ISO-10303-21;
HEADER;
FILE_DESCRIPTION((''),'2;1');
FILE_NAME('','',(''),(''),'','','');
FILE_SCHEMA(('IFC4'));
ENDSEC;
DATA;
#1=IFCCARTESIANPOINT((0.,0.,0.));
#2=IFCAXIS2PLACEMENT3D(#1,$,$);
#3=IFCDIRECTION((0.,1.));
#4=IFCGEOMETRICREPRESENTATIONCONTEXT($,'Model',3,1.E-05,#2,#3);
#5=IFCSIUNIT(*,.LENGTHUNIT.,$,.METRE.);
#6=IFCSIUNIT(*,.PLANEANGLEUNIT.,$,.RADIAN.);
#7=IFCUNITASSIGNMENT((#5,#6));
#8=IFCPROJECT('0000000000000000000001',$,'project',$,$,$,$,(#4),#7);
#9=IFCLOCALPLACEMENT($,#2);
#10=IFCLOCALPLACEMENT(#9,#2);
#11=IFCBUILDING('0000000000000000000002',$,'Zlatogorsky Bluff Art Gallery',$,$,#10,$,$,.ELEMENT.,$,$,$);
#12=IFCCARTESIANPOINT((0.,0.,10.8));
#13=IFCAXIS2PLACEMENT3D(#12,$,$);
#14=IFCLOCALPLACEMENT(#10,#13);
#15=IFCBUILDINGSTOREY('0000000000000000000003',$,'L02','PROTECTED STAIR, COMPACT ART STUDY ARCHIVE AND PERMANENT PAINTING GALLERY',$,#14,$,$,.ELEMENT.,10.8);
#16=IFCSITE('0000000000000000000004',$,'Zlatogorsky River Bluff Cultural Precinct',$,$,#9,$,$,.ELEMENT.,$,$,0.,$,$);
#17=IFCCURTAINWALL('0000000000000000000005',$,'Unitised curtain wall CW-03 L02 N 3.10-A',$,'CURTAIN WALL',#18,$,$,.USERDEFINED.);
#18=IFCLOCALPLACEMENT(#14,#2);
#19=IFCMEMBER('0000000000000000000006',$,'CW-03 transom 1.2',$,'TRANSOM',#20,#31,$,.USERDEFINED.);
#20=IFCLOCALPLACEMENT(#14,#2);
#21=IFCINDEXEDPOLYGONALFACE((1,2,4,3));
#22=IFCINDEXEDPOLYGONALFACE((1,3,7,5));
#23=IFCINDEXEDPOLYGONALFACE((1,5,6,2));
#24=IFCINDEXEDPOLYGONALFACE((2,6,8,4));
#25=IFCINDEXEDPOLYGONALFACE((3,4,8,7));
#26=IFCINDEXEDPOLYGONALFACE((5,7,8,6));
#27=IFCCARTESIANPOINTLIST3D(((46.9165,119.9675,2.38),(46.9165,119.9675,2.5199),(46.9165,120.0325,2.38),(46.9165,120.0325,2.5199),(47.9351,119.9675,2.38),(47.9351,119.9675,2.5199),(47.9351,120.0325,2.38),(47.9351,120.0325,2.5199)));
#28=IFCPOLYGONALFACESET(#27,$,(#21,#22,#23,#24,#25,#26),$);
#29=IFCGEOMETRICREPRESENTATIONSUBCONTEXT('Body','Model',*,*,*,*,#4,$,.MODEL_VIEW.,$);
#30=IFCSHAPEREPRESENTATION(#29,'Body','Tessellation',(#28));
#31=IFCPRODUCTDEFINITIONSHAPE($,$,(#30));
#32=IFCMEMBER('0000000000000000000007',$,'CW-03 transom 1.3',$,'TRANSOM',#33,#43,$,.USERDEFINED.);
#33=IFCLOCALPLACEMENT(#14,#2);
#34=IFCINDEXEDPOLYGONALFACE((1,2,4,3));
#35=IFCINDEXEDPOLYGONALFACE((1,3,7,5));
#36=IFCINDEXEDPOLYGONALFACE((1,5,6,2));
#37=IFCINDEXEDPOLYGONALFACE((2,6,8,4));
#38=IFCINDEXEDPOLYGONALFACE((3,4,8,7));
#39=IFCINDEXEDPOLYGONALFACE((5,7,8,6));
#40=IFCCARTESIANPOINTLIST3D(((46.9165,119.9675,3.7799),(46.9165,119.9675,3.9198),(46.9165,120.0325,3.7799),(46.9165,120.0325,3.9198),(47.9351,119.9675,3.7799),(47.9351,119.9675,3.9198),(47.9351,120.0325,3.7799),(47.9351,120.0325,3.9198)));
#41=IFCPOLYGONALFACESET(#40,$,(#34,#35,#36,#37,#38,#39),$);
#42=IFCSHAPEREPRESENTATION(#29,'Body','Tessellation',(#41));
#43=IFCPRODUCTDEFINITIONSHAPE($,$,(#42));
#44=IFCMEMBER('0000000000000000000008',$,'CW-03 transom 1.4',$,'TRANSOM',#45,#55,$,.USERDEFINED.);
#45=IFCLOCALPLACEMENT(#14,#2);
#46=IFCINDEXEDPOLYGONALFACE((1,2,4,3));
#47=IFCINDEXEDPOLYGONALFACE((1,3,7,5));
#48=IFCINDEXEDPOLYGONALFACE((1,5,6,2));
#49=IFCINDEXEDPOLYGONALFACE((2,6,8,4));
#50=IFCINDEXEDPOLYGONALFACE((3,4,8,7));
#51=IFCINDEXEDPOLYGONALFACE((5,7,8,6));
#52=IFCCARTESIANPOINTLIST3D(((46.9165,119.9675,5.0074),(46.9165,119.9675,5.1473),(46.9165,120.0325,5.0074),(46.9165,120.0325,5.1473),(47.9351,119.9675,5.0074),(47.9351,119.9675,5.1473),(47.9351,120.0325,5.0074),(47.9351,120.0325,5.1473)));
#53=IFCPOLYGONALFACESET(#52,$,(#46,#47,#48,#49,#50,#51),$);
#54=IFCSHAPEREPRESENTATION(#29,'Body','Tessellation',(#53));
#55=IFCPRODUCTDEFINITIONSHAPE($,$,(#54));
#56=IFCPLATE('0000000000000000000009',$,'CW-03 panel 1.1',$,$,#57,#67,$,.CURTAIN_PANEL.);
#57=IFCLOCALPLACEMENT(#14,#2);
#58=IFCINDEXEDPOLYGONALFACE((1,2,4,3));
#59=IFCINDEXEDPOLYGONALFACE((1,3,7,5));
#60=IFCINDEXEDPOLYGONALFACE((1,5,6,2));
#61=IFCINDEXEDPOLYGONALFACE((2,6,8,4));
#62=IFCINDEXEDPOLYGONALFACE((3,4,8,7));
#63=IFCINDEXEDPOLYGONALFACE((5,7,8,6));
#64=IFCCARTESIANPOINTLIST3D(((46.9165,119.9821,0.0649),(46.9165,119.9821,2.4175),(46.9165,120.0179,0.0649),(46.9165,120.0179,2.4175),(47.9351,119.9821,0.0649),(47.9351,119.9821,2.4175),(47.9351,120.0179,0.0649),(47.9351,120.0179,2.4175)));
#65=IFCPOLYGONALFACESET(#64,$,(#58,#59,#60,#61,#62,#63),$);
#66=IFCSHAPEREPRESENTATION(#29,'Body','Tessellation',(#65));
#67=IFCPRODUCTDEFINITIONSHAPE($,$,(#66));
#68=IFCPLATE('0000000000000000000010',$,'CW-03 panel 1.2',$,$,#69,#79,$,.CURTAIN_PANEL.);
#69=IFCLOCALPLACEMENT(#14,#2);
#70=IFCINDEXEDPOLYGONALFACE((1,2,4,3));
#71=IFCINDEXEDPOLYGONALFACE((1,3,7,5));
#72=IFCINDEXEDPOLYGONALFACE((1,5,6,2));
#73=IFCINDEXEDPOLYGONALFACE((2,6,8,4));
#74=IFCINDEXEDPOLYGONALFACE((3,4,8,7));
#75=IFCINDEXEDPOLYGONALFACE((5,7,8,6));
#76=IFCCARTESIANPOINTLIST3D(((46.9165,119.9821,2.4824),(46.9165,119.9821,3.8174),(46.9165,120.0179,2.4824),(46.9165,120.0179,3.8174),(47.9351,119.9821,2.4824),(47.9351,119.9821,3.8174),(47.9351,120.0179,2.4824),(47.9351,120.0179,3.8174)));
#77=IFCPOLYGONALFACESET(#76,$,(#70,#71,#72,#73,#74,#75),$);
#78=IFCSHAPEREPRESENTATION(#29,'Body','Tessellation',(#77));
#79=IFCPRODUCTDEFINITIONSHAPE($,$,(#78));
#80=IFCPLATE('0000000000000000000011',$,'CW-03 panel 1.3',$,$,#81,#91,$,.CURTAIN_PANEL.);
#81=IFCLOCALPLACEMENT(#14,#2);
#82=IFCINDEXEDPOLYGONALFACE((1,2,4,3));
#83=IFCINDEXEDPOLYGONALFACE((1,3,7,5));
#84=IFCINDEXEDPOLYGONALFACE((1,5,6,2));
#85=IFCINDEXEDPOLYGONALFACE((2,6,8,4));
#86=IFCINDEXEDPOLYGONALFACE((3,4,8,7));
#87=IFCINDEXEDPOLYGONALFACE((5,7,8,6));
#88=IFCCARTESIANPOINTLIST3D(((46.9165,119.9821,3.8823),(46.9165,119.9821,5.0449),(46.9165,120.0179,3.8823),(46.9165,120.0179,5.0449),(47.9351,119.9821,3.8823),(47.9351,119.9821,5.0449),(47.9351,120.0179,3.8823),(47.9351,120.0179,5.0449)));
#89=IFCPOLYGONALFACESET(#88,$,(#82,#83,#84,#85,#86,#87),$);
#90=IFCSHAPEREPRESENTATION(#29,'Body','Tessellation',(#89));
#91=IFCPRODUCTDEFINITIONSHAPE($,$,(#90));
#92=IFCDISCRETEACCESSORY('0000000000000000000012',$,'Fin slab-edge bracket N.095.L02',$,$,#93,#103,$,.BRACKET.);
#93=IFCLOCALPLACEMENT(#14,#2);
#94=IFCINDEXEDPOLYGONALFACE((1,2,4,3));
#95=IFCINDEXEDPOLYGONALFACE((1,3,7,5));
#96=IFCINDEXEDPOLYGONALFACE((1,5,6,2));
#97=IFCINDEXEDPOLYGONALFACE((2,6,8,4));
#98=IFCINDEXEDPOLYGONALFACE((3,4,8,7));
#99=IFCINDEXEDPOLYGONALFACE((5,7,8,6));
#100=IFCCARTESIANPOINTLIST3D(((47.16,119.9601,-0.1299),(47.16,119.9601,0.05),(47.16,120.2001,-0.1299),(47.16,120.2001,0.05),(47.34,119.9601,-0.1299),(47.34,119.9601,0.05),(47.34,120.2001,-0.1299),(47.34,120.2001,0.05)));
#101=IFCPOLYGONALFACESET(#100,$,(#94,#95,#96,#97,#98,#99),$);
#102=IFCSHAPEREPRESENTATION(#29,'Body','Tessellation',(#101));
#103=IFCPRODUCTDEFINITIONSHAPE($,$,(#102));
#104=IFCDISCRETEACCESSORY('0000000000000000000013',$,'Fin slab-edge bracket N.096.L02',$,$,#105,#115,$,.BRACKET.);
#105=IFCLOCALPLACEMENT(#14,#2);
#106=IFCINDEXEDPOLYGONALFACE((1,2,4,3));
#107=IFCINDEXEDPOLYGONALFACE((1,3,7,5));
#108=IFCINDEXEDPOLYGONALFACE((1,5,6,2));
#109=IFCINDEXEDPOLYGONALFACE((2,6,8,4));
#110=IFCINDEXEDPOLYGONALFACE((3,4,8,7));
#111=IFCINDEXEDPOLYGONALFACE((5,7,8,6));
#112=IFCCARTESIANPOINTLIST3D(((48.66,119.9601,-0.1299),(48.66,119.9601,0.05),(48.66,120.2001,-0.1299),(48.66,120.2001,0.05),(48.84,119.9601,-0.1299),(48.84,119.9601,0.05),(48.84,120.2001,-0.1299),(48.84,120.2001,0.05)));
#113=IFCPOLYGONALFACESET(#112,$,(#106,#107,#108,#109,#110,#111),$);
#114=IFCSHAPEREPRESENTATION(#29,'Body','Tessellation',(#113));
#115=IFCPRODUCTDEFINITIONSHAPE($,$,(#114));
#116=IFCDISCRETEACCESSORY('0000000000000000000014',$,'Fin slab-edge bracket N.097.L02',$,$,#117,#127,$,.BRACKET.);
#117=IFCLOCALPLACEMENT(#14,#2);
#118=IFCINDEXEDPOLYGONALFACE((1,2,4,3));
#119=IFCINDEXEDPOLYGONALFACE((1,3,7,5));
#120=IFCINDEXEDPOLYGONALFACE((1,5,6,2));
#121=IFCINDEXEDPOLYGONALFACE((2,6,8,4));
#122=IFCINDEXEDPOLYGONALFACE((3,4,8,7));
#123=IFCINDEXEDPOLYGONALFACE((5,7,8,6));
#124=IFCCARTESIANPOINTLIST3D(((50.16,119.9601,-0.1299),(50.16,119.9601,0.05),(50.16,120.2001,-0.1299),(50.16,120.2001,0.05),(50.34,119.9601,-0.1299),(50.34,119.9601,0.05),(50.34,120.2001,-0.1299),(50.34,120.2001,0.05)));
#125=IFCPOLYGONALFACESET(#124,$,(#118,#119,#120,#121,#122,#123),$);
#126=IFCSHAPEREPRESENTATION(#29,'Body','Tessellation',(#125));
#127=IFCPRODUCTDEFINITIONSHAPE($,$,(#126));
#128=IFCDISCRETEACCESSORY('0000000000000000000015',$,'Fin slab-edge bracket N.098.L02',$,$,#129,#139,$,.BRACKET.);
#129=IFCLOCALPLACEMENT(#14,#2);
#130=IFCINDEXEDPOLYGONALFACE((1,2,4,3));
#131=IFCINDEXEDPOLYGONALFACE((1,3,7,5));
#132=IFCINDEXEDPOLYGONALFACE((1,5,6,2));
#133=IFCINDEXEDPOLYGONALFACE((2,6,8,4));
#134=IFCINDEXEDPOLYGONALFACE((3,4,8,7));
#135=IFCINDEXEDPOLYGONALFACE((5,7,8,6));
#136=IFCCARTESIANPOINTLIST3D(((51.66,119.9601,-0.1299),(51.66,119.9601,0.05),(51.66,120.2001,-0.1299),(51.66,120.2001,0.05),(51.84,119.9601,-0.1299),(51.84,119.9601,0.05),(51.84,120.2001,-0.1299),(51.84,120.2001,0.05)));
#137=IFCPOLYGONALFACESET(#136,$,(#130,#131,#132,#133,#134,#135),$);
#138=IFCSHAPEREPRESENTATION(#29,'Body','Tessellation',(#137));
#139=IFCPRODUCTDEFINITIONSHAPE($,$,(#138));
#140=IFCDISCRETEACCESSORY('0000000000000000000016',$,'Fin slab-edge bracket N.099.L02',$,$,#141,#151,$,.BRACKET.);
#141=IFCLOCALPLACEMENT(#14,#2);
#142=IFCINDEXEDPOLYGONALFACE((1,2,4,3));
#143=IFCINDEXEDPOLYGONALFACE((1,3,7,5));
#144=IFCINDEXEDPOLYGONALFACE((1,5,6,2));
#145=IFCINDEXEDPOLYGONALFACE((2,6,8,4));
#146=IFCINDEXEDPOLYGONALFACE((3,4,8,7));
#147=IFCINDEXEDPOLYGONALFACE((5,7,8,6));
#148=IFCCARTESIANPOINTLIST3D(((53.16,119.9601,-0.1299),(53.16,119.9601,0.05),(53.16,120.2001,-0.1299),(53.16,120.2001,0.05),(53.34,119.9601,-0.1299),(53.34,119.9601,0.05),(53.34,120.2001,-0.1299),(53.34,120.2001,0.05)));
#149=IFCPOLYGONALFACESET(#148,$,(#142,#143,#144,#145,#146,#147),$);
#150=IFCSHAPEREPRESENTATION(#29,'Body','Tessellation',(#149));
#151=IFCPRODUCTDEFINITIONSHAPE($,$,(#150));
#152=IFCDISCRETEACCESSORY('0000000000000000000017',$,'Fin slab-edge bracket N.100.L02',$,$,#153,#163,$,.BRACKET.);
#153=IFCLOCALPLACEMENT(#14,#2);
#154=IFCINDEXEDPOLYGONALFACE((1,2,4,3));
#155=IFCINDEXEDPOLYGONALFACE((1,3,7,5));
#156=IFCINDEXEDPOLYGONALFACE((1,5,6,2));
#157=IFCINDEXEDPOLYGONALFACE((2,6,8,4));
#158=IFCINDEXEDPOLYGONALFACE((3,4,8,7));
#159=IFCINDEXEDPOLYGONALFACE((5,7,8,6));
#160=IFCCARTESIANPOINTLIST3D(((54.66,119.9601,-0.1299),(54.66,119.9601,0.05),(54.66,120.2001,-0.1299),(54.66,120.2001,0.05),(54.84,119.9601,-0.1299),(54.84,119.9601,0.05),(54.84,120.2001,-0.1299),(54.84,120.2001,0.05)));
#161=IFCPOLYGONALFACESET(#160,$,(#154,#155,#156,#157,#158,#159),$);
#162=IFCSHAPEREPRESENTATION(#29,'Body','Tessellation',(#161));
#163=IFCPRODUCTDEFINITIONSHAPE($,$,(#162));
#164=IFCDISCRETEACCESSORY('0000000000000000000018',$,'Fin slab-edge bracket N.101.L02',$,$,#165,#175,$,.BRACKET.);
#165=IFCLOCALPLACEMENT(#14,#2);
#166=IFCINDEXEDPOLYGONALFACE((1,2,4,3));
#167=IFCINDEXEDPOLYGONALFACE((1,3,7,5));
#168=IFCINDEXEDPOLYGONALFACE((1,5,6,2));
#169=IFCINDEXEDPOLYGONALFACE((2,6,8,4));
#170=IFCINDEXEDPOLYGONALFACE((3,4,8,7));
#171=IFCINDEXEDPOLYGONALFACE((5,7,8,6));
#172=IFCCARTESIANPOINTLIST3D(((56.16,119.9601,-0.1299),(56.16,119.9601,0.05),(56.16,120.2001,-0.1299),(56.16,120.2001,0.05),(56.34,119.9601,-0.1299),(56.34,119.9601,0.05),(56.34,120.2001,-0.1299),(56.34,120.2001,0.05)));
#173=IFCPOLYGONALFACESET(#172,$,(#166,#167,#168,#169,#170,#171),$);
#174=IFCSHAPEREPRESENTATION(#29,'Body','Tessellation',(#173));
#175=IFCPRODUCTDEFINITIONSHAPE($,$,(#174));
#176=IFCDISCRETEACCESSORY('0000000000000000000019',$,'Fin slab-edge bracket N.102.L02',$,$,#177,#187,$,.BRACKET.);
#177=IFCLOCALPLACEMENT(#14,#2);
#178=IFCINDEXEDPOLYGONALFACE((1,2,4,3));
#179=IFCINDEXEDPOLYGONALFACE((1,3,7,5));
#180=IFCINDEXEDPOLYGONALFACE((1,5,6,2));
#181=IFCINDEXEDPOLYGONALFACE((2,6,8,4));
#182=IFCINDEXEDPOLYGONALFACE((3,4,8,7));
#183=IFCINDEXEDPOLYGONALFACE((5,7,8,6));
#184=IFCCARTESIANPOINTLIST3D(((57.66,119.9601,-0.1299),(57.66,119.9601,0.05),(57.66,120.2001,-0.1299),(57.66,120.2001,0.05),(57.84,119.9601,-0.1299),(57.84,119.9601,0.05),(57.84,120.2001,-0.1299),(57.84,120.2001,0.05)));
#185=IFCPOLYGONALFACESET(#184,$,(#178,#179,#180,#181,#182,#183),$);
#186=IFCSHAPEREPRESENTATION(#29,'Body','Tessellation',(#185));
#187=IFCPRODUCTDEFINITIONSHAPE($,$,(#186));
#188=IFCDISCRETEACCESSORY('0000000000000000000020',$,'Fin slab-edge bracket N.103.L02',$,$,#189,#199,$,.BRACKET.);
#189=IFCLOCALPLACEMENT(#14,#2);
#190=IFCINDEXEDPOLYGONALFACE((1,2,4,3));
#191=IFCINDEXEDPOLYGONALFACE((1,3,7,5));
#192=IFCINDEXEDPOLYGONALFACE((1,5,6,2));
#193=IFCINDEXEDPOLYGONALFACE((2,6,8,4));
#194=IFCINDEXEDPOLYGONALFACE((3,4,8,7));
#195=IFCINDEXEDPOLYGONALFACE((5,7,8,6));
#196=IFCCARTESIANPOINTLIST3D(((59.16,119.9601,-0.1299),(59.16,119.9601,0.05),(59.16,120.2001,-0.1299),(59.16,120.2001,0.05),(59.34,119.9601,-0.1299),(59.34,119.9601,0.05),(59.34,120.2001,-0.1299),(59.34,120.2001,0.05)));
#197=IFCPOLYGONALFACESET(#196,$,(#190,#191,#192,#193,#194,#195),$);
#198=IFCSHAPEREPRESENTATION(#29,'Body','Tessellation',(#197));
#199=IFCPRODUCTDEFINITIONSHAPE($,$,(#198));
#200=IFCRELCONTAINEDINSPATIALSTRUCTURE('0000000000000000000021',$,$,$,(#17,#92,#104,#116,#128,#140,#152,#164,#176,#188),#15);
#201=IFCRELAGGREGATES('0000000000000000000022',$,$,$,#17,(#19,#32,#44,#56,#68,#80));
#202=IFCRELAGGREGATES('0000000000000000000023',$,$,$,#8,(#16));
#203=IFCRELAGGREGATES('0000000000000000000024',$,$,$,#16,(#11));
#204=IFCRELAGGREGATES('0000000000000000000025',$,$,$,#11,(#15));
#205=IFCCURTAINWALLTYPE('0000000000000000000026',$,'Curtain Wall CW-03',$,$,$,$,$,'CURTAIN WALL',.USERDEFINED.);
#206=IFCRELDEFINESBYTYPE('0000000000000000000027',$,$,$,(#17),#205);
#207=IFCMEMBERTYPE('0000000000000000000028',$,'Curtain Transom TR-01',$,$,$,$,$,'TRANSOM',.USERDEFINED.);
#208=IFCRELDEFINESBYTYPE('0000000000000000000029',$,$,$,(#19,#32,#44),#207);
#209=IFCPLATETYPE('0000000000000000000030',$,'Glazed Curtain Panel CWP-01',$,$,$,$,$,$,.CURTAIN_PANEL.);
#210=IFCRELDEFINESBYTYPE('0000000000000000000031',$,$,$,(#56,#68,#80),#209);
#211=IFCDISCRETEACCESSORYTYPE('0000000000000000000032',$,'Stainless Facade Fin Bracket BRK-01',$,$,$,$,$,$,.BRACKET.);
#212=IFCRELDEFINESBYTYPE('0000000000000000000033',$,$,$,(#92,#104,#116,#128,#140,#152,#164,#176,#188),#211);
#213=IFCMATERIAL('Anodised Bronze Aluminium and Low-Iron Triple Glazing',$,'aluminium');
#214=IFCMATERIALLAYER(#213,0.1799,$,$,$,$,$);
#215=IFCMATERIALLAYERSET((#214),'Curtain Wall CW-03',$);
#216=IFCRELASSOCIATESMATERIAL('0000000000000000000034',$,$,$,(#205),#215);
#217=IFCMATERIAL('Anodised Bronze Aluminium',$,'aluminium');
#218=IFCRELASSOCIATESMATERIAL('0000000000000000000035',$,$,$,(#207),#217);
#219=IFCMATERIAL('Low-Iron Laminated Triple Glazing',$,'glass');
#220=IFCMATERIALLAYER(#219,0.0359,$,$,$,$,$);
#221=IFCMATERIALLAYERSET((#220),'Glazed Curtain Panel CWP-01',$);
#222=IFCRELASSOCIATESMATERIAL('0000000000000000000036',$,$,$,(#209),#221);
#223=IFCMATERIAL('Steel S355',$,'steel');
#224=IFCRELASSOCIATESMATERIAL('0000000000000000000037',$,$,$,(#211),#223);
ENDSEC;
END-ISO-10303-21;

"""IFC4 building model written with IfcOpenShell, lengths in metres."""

from ifc_helpers import new_model, si_unit, direction, frame, origin, origin_2d, place, context, subcontext, project, spatial, rectangle, extrude, material, layer, layer_set, material_profile, profile_set, type_object, element, aggregate, save


model = new_model("IFC4")

# Units and contexts
model_context = context("Model", 3, precision=1e-05, world=origin(), true_north=direction((0.0, 1.0)))
body_context = subcontext(model_context, "Body", "Model", "MODEL_VIEW")
ifc_project = project(units=[si_unit("LENGTHUNIT", "METRE"), si_unit("PLANEANGLEUNIT", "RADIAN")], contexts=[model_context])

# Site, building, storey
site_placement = place(None, origin())
site = spatial("IfcSite", under=ifc_project, at=site_placement, Name="Zlatogorsky River Bluff Cultural Precinct", CompositionType="ELEMENT", RefElevation=0.0)
building_placement = place(site_placement, origin())
building = spatial("IfcBuilding", under=site, at=building_placement, Name="Zlatogorsky Bluff Art Gallery", CompositionType="ELEMENT")
storey_placement = place(building_placement, frame((0.0, 0.0, 10.8)))
storey = spatial("IfcBuildingStorey", under=building, at=storey_placement, Name="L02", Description="PROTECTED STAIR, COMPACT ART STUDY ARCHIVE AND PERMANENT PAINTING GALLERY", CompositionType="ELEMENT", Elevation=10.8)

# Shared definitions
ifc_material_1 = material(Name="Steel S355", Category="steel")

# Curtain wall, members, plates
ifc_material_2 = material(Name="Anodised Bronze Aluminium and Low-Iron Triple Glazing", Category="aluminium")
ifc_layer_1 = layer(ifc_material_2, 0.1799)
ifc_layer_set_1 = layer_set([ifc_layer_1], Name="Curtain Wall CW-03")
curtain_wall_type = type_object("IfcCurtainWallType", Name="Curtain Wall CW-03", ElementType="CURTAIN WALL", PredefinedType="USERDEFINED", material=ifc_layer_set_1)
curtain_wall_placement = place(storey_placement, origin())
curtain_wall = element("IfcCurtainWall", 1, at=curtain_wall_placement, inside=storey, type_object=curtain_wall_type, Name="Unitised curtain wall CW-03 L02 N 3.10-A", ObjectType="CURTAIN WALL", PredefinedType="USERDEFINED")
ifc_material_3 = material(Name="Anodised Bronze Aluminium", Category="aluminium")
ifc_material_profile_1 = material_profile(ifc_material_3, rectangle(XDim=0.0649, YDim=0.1399, at=origin_2d()), Name="ALU TRANSOM 65x140")
ifc_profile_set_1 = profile_set([ifc_material_profile_1], Name="Anodised Bronze Aluminium")
member_type_1 = type_object("IfcMemberType", Name="Curtain Transom TR-01", ElementType="TRANSOM", PredefinedType="USERDEFINED", material=ifc_profile_set_1)
member_1_placement = place(storey_placement, frame((47.9351, 120.0, 2.45), z_axis=(-1.0, 0.0, 0.0), x_axis=(0.0, -1.0, 0.0)))
member_1 = element("IfcMember", 2, at=member_1_placement, type_object=member_type_1, Name="CW-03 transom 1.2", ObjectType="TRANSOM", PredefinedType="USERDEFINED", context=body_context, shape_type="SweptSolid", body=[
    extrude(rectangle(XDim=0.0649, YDim=0.1399, at=origin_2d()), origin(), (0.0, 0.0, 1.0), 1.0186),
])
member_2_placement = place(storey_placement, frame((47.9351, 120.0, 3.8499), z_axis=(-1.0, 0.0, 0.0), x_axis=(0.0, -1.0, 0.0)))
member_2 = element("IfcMember", 3, at=member_2_placement, type_object=member_type_1, Name="CW-03 transom 1.3", ObjectType="TRANSOM", PredefinedType="USERDEFINED", context=body_context, shape_type="SweptSolid", body=[
    extrude(rectangle(XDim=0.0649, YDim=0.1399, at=origin_2d()), origin(), (0.0, 0.0, 1.0), 1.0186),
])
member_3_placement = place(storey_placement, frame((47.9351, 120.0, 5.0774), z_axis=(-1.0, 0.0, 0.0), x_axis=(0.0, -1.0, 0.0)))
member_3 = element("IfcMember", 4, at=member_3_placement, type_object=member_type_1, Name="CW-03 transom 1.4", ObjectType="TRANSOM", PredefinedType="USERDEFINED", context=body_context, shape_type="SweptSolid", body=[
    extrude(rectangle(XDim=0.0649, YDim=0.1399, at=origin_2d()), origin(), (0.0, 0.0, 1.0), 1.0186),
])
ifc_material_4 = material(Name="Low-Iron Laminated Triple Glazing", Category="glass")
ifc_layer_2 = layer(ifc_material_4, 0.0359)
ifc_layer_set_2 = layer_set([ifc_layer_2], Name="Glazed Curtain Panel CWP-01")
plate_type = type_object("IfcPlateType", Name="Glazed Curtain Panel CWP-01", PredefinedType="CURTAIN_PANEL", material=ifc_layer_set_2)
plate_1_placement = place(storey_placement, frame((47.4258, 120.0, 0.0649), z_axis=(0.0, 0.0, 1.0), x_axis=(-1.0, 0.0, 0.0)))
plate_1 = element("IfcPlate", 5, at=plate_1_placement, type_object=plate_type, Name="CW-03 panel 1.1", PredefinedType="CURTAIN_PANEL", context=body_context, shape_type="SweptSolid", body=[
    extrude(rectangle(XDim=1.0186, YDim=0.0359, at=origin_2d()), origin(), (0.0, 0.0, 1.0), 2.3525),
])
plate_2_placement = place(storey_placement, frame((47.4258, 120.0, 2.4824), z_axis=(0.0, 0.0, 1.0), x_axis=(-1.0, 0.0, 0.0)))
plate_2 = element("IfcPlate", 6, at=plate_2_placement, type_object=plate_type, Name="CW-03 panel 1.2", PredefinedType="CURTAIN_PANEL", context=body_context, shape_type="SweptSolid", body=[
    extrude(rectangle(XDim=1.0186, YDim=0.0359, at=origin_2d()), origin(), (0.0, 0.0, 1.0), 1.335),
])
plate_3_placement = place(storey_placement, frame((47.4258, 120.0, 3.8823), z_axis=(0.0, 0.0, 1.0), x_axis=(-1.0, 0.0, 0.0)))
plate_3 = element("IfcPlate", 7, at=plate_3_placement, type_object=plate_type, Name="CW-03 panel 1.3", PredefinedType="CURTAIN_PANEL", context=body_context, shape_type="SweptSolid", body=[
    extrude(rectangle(XDim=1.0186, YDim=0.0359, at=origin_2d()), origin(), (0.0, 0.0, 1.0), 1.1626),
])
aggregate(curtain_wall, [member_1, member_2, member_3, plate_1, plate_2, plate_3])

# Discrete accessories
discrete_accessory_type = type_object("IfcDiscreteAccessoryType", Name="Stainless Facade Fin Bracket BRK-01", PredefinedType="BRACKET", material=ifc_material_1)
for number, where, z_axis, x_axis, name in (
    (8, (47.25, 120.0801, -0.1299), (0.0, 0.0, 1.0), (1.0, 0.0, 0.0), "Fin slab-edge bracket N.095.L02"),
    (9, (48.75, 120.0801, -0.1299), (0.0, 0.0, 1.0), (1.0, 0.0, 0.0), "Fin slab-edge bracket N.096.L02"),
    (10, (50.25, 120.0801, -0.1299), (0.0, 0.0, 1.0), (1.0, 0.0, 0.0), "Fin slab-edge bracket N.097.L02"),
    (11, (51.75, 120.0801, -0.1299), (0.0, 0.0, 1.0), (1.0, 0.0, 0.0), "Fin slab-edge bracket N.098.L02"),
    (12, (53.25, 120.0801, -0.1299), (0.0, 0.0, 1.0), (1.0, 0.0, 0.0), "Fin slab-edge bracket N.099.L02"),
    (13, (54.75, 120.0801, -0.1299), (0.0, 0.0, 1.0), (1.0, 0.0, 0.0), "Fin slab-edge bracket N.100.L02"),
    (14, (56.25, 120.0801, -0.1299), (0.0, 0.0, 1.0), (1.0, 0.0, 0.0), "Fin slab-edge bracket N.101.L02"),
    (15, (57.75, 120.0801, -0.1299), (0.0, 0.0, 1.0), (1.0, 0.0, 0.0), "Fin slab-edge bracket N.102.L02"),
    (16, (59.25, 120.0801, -0.1299), (0.0, 0.0, 1.0), (1.0, 0.0, 0.0), "Fin slab-edge bracket N.103.L02"),
):
    element("IfcDiscreteAccessory", number, at=place(storey_placement, frame(where, z_axis=z_axis, x_axis=x_axis)), inside=storey, type_object=discrete_accessory_type, Name=name, PredefinedType="BRACKET", context=body_context, shape_type="SweptSolid", body=[
        extrude(rectangle(XDim=0.1799, YDim=0.24, at=origin_2d()), origin(), (0.0, 0.0, 1.0), 0.1799),
    ])

save(model, "model.ifc")
